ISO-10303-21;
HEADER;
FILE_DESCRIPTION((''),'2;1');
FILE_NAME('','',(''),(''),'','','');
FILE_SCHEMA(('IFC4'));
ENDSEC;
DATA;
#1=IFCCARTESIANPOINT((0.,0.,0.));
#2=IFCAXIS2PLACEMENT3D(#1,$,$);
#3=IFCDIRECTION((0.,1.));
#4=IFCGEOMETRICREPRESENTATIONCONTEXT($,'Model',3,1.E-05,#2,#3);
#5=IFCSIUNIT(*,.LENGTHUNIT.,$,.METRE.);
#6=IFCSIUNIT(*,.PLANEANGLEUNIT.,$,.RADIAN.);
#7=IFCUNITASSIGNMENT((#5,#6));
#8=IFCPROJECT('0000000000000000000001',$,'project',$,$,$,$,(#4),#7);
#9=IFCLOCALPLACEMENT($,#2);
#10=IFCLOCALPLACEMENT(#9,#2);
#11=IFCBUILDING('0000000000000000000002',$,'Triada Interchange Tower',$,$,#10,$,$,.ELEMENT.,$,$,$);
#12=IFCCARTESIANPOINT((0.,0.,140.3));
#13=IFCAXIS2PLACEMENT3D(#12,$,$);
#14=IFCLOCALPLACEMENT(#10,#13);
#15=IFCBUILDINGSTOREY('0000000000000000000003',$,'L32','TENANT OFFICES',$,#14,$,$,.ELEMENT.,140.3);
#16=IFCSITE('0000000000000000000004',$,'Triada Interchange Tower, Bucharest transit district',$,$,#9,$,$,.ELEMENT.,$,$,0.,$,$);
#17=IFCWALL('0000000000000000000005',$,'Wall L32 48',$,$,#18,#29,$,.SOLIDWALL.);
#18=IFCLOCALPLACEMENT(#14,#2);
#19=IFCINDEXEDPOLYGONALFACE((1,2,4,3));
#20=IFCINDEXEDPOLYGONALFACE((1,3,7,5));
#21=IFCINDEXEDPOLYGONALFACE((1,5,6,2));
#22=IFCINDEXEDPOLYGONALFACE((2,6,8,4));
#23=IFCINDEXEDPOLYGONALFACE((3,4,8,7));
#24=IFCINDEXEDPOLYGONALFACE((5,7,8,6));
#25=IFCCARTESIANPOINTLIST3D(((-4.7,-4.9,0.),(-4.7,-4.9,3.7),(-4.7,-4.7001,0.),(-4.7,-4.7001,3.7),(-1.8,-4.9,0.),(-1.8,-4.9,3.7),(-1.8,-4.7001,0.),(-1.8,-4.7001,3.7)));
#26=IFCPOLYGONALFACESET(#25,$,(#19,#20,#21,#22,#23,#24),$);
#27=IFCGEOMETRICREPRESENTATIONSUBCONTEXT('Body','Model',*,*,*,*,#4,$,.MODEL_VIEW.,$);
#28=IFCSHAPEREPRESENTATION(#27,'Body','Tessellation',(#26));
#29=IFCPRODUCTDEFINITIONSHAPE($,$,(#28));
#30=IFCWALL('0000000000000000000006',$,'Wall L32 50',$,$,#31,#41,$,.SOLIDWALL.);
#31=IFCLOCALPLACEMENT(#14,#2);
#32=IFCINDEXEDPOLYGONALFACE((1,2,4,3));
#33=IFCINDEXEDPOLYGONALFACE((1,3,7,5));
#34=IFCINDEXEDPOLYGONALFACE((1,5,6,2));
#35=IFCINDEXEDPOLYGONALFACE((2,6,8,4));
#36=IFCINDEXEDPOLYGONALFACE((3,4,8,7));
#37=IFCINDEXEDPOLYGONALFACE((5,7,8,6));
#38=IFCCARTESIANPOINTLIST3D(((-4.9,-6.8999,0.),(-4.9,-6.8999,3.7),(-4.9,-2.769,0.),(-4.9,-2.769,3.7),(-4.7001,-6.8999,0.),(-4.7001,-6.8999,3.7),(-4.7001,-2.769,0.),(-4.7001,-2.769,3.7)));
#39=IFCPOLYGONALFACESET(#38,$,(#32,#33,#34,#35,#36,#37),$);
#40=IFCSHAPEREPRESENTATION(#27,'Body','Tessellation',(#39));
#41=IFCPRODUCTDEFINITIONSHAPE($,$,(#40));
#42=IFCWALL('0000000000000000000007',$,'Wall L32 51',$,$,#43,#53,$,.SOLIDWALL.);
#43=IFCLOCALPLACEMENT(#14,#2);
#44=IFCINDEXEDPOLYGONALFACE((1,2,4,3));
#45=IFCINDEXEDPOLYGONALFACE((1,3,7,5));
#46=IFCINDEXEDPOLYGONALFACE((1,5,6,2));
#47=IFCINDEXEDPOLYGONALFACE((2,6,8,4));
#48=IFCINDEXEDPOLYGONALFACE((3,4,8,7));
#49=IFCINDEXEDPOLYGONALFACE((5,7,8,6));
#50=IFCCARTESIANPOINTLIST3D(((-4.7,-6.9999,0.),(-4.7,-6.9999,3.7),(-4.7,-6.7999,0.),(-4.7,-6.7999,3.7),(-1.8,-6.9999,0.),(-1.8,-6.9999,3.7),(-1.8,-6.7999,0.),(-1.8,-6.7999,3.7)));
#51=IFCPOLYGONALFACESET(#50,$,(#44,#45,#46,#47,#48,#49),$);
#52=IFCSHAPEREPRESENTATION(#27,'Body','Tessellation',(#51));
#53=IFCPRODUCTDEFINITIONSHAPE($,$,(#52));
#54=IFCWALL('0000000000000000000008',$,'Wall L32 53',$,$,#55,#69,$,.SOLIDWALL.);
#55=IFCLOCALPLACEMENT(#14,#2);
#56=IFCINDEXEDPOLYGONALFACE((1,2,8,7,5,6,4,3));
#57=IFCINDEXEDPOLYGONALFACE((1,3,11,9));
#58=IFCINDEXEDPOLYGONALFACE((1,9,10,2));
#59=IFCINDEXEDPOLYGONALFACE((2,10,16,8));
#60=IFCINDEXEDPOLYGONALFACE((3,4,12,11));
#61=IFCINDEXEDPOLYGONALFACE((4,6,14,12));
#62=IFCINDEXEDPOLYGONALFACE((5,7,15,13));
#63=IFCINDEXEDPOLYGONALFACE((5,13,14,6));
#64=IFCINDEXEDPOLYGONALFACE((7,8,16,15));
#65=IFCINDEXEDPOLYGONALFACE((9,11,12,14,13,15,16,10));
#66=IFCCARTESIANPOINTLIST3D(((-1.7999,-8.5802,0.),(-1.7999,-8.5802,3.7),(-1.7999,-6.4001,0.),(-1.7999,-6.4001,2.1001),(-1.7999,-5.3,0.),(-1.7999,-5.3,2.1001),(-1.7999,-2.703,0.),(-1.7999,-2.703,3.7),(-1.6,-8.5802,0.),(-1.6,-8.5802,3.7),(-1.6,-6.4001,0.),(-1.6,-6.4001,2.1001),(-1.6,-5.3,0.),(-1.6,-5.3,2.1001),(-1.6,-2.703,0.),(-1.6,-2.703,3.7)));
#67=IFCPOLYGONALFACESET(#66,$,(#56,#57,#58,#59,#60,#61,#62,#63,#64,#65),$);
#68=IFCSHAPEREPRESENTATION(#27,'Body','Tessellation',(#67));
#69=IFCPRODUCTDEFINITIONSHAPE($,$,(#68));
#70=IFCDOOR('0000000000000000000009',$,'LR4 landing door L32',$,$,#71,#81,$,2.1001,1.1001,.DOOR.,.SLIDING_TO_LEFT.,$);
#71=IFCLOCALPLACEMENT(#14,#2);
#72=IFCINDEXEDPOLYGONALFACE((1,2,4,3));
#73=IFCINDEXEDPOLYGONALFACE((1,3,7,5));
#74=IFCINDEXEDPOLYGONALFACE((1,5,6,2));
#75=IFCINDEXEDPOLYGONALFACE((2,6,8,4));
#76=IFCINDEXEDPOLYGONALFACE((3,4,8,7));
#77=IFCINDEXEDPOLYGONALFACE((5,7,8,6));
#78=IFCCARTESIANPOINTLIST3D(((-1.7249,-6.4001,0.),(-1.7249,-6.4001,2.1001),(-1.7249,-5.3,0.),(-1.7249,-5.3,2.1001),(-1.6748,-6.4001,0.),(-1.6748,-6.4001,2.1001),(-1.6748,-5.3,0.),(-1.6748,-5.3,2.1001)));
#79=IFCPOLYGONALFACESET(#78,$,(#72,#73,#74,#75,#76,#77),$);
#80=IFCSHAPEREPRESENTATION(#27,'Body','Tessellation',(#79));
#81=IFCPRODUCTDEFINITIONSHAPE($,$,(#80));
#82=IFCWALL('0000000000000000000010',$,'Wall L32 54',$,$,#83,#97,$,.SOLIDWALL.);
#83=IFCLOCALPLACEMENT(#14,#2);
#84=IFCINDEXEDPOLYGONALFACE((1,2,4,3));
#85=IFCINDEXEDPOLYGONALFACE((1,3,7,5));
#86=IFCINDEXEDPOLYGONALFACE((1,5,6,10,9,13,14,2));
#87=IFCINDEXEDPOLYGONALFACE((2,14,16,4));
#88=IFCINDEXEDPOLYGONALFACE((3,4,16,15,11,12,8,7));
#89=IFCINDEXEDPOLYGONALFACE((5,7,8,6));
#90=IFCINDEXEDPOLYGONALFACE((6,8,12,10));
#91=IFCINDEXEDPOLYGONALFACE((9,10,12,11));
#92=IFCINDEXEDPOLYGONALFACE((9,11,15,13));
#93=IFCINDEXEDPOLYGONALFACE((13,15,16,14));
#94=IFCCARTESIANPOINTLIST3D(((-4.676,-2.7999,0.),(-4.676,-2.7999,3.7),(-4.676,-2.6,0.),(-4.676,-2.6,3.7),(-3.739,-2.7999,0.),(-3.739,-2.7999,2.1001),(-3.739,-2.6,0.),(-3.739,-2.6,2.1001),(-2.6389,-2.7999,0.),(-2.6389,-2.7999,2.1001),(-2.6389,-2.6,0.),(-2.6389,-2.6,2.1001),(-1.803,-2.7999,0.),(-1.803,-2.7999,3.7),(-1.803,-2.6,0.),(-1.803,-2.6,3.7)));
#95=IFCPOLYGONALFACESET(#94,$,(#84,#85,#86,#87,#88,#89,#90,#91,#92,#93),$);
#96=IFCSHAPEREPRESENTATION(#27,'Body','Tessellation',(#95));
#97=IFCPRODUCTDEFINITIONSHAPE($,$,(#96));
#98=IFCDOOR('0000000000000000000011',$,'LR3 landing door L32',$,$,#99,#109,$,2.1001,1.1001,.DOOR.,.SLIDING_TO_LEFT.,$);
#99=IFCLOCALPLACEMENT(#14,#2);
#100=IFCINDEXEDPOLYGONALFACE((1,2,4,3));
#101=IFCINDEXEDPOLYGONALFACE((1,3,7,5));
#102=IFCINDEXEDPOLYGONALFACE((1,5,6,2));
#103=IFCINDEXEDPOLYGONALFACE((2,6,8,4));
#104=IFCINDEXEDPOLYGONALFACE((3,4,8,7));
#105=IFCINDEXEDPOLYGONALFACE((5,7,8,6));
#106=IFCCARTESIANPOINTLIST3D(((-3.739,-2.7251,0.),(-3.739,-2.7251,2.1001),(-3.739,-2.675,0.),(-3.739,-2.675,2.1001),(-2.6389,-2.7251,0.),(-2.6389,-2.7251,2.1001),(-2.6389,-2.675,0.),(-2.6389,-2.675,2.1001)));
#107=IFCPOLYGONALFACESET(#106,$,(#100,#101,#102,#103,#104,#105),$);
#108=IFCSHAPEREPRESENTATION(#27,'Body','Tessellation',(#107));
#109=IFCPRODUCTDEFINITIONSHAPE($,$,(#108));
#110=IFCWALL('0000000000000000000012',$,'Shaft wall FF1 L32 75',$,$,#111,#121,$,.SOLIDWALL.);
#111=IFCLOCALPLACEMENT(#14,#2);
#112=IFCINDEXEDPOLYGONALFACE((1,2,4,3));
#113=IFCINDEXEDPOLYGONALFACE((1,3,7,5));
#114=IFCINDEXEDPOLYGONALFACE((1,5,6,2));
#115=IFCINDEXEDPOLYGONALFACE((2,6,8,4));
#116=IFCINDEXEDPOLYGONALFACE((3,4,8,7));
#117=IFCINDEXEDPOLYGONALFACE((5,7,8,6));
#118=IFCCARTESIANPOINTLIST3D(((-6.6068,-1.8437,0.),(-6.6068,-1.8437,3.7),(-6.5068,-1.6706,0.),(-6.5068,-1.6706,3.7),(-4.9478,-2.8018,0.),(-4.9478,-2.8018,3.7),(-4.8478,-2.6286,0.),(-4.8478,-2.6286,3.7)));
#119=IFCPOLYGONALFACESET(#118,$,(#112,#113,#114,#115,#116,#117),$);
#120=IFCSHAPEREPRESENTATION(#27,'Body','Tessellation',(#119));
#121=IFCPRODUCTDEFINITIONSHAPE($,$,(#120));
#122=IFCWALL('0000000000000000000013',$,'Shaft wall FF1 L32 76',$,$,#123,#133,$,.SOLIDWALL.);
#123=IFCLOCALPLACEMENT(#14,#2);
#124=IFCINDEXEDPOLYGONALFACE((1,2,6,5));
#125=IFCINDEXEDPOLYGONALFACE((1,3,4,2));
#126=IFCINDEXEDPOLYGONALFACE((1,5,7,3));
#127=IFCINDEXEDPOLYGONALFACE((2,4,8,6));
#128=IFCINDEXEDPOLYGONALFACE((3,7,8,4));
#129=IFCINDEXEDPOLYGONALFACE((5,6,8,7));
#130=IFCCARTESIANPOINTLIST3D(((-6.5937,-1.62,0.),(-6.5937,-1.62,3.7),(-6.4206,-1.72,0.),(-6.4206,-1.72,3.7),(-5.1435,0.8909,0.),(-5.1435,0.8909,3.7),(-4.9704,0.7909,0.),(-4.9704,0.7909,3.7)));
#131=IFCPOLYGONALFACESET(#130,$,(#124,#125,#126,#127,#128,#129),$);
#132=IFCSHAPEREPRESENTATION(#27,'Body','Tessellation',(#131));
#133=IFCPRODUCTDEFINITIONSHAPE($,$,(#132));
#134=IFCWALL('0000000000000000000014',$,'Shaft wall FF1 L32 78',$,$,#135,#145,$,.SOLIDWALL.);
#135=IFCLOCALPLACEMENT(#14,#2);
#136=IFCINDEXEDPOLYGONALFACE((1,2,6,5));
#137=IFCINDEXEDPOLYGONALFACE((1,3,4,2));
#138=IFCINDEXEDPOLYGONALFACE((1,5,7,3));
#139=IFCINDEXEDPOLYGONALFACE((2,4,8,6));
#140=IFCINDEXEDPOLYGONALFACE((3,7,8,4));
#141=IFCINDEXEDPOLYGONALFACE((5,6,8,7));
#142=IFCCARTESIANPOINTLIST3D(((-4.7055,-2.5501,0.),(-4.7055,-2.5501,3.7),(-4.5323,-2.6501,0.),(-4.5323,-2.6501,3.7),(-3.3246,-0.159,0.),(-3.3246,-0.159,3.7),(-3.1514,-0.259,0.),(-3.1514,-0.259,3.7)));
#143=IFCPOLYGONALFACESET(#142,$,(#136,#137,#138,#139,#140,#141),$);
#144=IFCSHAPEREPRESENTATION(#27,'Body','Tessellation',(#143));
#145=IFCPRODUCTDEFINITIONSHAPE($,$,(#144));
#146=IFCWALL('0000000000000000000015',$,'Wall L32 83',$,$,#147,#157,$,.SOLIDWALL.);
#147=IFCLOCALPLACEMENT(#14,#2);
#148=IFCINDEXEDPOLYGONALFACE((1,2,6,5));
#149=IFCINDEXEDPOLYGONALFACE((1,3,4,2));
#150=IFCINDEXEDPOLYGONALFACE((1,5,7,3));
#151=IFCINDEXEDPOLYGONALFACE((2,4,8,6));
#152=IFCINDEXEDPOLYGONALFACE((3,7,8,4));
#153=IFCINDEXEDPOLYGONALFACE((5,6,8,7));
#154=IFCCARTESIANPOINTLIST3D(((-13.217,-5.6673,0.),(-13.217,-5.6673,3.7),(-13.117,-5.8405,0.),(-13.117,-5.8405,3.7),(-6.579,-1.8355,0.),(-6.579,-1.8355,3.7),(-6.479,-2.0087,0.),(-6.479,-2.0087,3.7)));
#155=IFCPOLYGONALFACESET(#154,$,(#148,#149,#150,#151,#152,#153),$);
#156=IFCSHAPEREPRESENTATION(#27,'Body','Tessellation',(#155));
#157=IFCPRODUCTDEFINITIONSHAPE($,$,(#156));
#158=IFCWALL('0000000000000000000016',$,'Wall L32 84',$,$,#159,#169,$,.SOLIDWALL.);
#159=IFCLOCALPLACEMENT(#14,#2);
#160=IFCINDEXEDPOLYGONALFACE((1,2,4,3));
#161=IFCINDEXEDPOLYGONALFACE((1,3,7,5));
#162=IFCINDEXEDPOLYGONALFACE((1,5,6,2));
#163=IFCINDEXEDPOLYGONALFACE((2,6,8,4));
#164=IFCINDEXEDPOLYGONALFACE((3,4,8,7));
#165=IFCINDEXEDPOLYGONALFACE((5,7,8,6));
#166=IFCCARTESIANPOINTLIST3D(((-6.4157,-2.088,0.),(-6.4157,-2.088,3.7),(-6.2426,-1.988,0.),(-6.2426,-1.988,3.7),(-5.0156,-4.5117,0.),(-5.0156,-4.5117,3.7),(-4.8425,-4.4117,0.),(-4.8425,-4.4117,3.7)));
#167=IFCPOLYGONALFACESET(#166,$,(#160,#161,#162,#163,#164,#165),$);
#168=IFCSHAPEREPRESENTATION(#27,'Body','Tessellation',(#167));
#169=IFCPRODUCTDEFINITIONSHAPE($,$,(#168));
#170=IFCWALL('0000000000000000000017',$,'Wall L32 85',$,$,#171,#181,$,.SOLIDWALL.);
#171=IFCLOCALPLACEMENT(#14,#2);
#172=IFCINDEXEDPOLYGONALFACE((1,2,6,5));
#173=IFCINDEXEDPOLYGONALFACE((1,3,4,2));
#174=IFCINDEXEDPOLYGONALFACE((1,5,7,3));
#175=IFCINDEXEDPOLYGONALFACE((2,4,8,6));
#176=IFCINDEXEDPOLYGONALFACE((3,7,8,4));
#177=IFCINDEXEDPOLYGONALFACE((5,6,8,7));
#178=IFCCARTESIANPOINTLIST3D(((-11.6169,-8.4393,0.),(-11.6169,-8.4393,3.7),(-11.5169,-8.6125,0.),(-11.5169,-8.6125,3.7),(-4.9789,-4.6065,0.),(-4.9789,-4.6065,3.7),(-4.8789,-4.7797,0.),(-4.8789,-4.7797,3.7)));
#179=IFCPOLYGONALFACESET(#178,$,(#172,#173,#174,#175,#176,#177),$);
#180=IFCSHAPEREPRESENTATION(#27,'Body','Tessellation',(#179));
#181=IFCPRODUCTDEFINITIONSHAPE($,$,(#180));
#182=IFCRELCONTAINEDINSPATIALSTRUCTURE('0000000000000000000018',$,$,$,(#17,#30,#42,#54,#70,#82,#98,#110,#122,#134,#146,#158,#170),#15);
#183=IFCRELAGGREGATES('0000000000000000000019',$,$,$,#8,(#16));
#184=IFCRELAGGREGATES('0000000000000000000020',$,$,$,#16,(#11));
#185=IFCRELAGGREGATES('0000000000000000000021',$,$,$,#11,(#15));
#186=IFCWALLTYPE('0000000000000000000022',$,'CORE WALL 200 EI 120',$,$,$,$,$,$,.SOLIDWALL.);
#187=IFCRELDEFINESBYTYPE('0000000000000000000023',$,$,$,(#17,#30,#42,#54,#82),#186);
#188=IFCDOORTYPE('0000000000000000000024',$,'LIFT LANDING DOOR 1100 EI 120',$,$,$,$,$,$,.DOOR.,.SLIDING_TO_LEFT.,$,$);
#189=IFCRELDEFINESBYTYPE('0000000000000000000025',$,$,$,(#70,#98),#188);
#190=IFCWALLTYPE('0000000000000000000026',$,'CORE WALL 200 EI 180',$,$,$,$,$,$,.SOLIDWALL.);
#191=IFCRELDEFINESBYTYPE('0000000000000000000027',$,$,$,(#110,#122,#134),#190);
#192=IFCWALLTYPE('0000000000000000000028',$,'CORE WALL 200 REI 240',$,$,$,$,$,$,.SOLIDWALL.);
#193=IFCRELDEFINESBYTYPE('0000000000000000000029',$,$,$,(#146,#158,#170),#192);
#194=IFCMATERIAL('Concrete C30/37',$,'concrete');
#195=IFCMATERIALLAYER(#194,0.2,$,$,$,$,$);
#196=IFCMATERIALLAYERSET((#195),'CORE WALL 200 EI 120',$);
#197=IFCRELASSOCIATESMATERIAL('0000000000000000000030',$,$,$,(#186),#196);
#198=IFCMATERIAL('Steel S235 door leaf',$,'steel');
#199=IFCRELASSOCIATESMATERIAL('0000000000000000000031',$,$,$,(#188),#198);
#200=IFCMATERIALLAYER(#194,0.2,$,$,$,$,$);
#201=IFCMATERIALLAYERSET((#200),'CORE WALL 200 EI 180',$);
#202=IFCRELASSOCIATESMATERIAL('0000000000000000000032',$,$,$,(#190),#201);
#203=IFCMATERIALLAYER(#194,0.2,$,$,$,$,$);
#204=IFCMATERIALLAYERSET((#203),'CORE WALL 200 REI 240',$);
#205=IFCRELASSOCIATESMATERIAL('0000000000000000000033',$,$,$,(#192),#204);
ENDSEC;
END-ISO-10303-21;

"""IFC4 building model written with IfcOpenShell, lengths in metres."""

from ifc_helpers import new_model, si_unit, direction, frame, frame_2d, origin, place, context, subcontext, project, spatial, rectangle, extrude, material, layer, layer_set, type_object, element, fill, save


model = new_model("IFC4")

# Units and contexts
model_context = context("Model", 3, precision=1e-05, world=origin(), true_north=direction((0.0, 1.0)))
body_context = subcontext(model_context, "Body", "Model", "MODEL_VIEW")
ifc_project = project(units=[si_unit("LENGTHUNIT", "METRE"), si_unit("PLANEANGLEUNIT", "RADIAN")], contexts=[model_context])

# Site, building, storey
site_placement = place(None, origin())
site = spatial("IfcSite", under=ifc_project, at=site_placement, Name="Triada Interchange Tower, Bucharest transit district", CompositionType="ELEMENT", RefElevation=0.0)
building_placement = place(site_placement, origin())
building = spatial("IfcBuilding", under=site, at=building_placement, Name="Triada Interchange Tower", CompositionType="ELEMENT")
storey_placement = place(building_placement, frame((0.0, 0.0, 140.3)))
storey = spatial("IfcBuildingStorey", under=building, at=storey_placement, Name="L32", Description="TENANT OFFICES", CompositionType="ELEMENT", Elevation=140.3)

# Walls
ifc_material_1 = material(Name="Concrete C30/37", Category="concrete")
ifc_layer_1 = layer(ifc_material_1, 0.2)
ifc_layer_set_1 = layer_set([ifc_layer_1], Name="CORE WALL 200 EI 120")
wall_type_1 = type_object("IfcWallType", Name="CORE WALL 200 EI 120", PredefinedType="SOLIDWALL", material=ifc_layer_set_1)
wall_1_placement = place(storey_placement, frame((-4.7, -4.8, 0.0), z_axis=(0.0, 0.0, 1.0), x_axis=(1.0, 0.0, 0.0)))
element("IfcWall", 1, at=wall_1_placement, inside=storey, type_object=wall_type_1, Name="Wall L32 48", PredefinedType="SOLIDWALL", context=body_context, shape_type="SweptSolid", body=[
    extrude(rectangle(XDim=2.8999, YDim=0.2, at=frame_2d((1.45, 0.0))), origin(), (0.0, 0.0, 1.0), 3.7),
])
wall_2_placement = place(storey_placement, frame((-4.8, -6.8999, 0.0), z_axis=(0.0, 0.0, 1.0), x_axis=(0.0, 1.0, 0.0)))
element("IfcWall", 2, at=wall_2_placement, inside=storey, type_object=wall_type_1, Name="Wall L32 50", PredefinedType="SOLIDWALL", context=body_context, shape_type="SweptSolid", body=[
    extrude(rectangle(XDim=4.1309, YDim=0.2, at=frame_2d((2.0654, 0.0))), origin(), (0.0, 0.0, 1.0), 3.7),
])
wall_3_placement = place(storey_placement, frame((-4.7, -6.8999, 0.0), z_axis=(0.0, 0.0, 1.0), x_axis=(1.0, 0.0, 0.0)))
element("IfcWall", 3, at=wall_3_placement, inside=storey, type_object=wall_type_1, Name="Wall L32 51", PredefinedType="SOLIDWALL", context=body_context, shape_type="SweptSolid", body=[
    extrude(rectangle(XDim=2.8999, YDim=0.2, at=frame_2d((1.45, 0.0))), origin(), (0.0, 0.0, 1.0), 3.7),
])

# Walls, openings, doors
wall_4_placement = place(storey_placement, frame((-1.7, -8.5801, 0.0), z_axis=(0.0, 0.0, 1.0), x_axis=(0.0, 1.0, 0.0)))
wall_4 = element("IfcWall", 4, at=wall_4_placement, inside=storey, type_object=wall_type_1, Name="Wall L32 53", PredefinedType="SOLIDWALL", context=body_context, shape_type="SweptSolid", body=[
    extrude(rectangle(XDim=5.8772, YDim=0.2, at=frame_2d((2.9385, 0.0))), origin(), (0.0, 0.0, 1.0), 3.7),
])
opening_1_placement = place(wall_4_placement, frame((2.1799, 0.0, 0.0)))
opening_1 = element("IfcOpeningElement", 5, at=opening_1_placement, cuts=wall_4, PredefinedType="OPENING", context=body_context, shape_type="SweptSolid", body=[
    extrude(rectangle(XDim=1.1001, YDim=2.1001, at=frame_2d((0.55, 1.05))), frame((0.0, 0.1099, 0.0), z_axis=(0.0, -1.0, 0.0), x_axis=(1.0, 0.0, 0.0)), (0.0, 0.0, 1.0), 0.22),
])
ifc_material_2 = material(Name="Steel S235 door leaf", Category="steel")
door_type_1 = type_object("IfcDoorType", Name="LIFT LANDING DOOR 1100 EI 120", OperationType="SLIDING_TO_LEFT", PredefinedType="DOOR", material=ifc_material_2)
door_1_placement = place(opening_1_placement, origin())
door_1 = element("IfcDoor", 6, at=door_1_placement, inside=storey, type_object=door_type_1, Name="LR4 landing door L32", OperationType="SLIDING_TO_LEFT", OverallHeight=2.1001, OverallWidth=1.1001, PredefinedType="DOOR", context=body_context, shape_type="SweptSolid", body=[
    extrude(rectangle(XDim=1.1001, YDim=2.1001, at=frame_2d((0.55, 1.05))), frame((0.0, 0.0249, 0.0), z_axis=(0.0, -1.0, 0.0), x_axis=(1.0, 0.0, 0.0)), (0.0, 0.0, 1.0), 0.05),
])
fill(opening_1, door_1)
wall_5_placement = place(storey_placement, frame((-4.676, -2.7, 0.0), z_axis=(0.0, 0.0, 1.0), x_axis=(1.0, 0.0, 0.0)))
wall_5 = element("IfcWall", 7, at=wall_5_placement, inside=storey, type_object=wall_type_1, Name="Wall L32 54", PredefinedType="SOLIDWALL", context=body_context, shape_type="SweptSolid", body=[
    extrude(rectangle(XDim=2.873, YDim=0.2, at=frame_2d((1.4365, 0.0))), origin(), (0.0, 0.0, 1.0), 3.7),
])
opening_2_placement = place(wall_5_placement, frame((0.937, 0.0, 0.0)))
opening_2 = element("IfcOpeningElement", 8, at=opening_2_placement, cuts=wall_5, PredefinedType="OPENING", context=body_context, shape_type="SweptSolid", body=[
    extrude(rectangle(XDim=1.1001, YDim=2.1001, at=frame_2d((0.55, 1.05))), frame((0.0, 0.1099, 0.0), z_axis=(0.0, -1.0, 0.0), x_axis=(1.0, 0.0, 0.0)), (0.0, 0.0, 1.0), 0.22),
])
door_2_placement = place(opening_2_placement, origin())
door_2 = element("IfcDoor", 9, at=door_2_placement, inside=storey, type_object=door_type_1, Name="LR3 landing door L32", OperationType="SLIDING_TO_LEFT", OverallHeight=2.1001, OverallWidth=1.1001, PredefinedType="DOOR", context=body_context, shape_type="SweptSolid", body=[
    extrude(rectangle(XDim=1.1001, YDim=2.1001, at=frame_2d((0.55, 1.05))), frame((0.0, 0.0249, 0.0), z_axis=(0.0, -1.0, 0.0), x_axis=(1.0, 0.0, 0.0)), (0.0, 0.0, 1.0), 0.05),
])
fill(opening_2, door_2)

# Walls
ifc_layer_2 = layer(ifc_material_1, 0.2)
ifc_layer_set_2 = layer_set([ifc_layer_2], Name="CORE WALL 200 EI 180")
wall_type_2 = type_object("IfcWallType", Name="CORE WALL 200 EI 180", PredefinedType="SOLIDWALL", material=ifc_layer_set_2)
wall_6_placement = place(storey_placement, frame((-6.5569, -1.7571, 0.0), z_axis=(0.0, 0.0, 1.0), x_axis=(0.865975, -0.500086, 0.0)))
element("IfcWall", 10, at=wall_6_placement, inside=storey, type_object=wall_type_2, Name="Shaft wall FF1 L32 75", PredefinedType="SOLIDWALL", context=body_context, shape_type="SweptSolid", body=[
    extrude(rectangle(XDim=1.9158, YDim=0.2, at=frame_2d((0.958, 0.0))), origin(), (0.0, 0.0, 1.0), 3.7),
])
wall_7_placement = place(storey_placement, frame((-6.5071, -1.6699, 0.0), z_axis=(0.0, 0.0, 1.0), x_axis=(0.500123, 0.865954, 0.0)))
element("IfcWall", 11, at=wall_7_placement, inside=storey, type_object=wall_type_2, Name="Shaft wall FF1 L32 76", PredefinedType="SOLIDWALL", context=body_context, shape_type="SweptSolid", body=[
    extrude(rectangle(XDim=2.8997, YDim=0.2, at=frame_2d((1.4497, 0.0))), origin(), (0.0, 0.0, 1.0), 3.7),
])
wall_8_placement = place(storey_placement, frame((-4.6189, -2.6001, 0.0), z_axis=(0.0, 0.0, 1.0), x_axis=(0.500095, 0.865971, 0.0)))
element("IfcWall", 12, at=wall_8_placement, inside=storey, type_object=wall_type_2, Name="Shaft wall FF1 L32 78", PredefinedType="SOLIDWALL", context=body_context, shape_type="SweptSolid", body=[
    extrude(rectangle(XDim=2.7612, YDim=0.2, at=frame_2d((1.3806, 0.0))), origin(), (0.0, 0.0, 1.0), 3.7),
])
ifc_layer_3 = layer(ifc_material_1, 0.2)
ifc_layer_set_3 = layer_set([ifc_layer_3], Name="CORE WALL 200 REI 240")
wall_type_3 = type_object("IfcWallType", Name="CORE WALL 200 REI 240", PredefinedType="SOLIDWALL", material=ifc_layer_set_3)
wall_9_placement = place(storey_placement, frame((-13.167, -5.7539, 0.0), z_axis=(0.0, 0.0, 1.0), x_axis=(0.866061, 0.499938, 0.0)))
element("IfcWall", 13, at=wall_9_placement, inside=storey, type_object=wall_type_3, Name="Wall L32 83", PredefinedType="SOLIDWALL", context=body_context, shape_type="SweptSolid", body=[
    extrude(rectangle(XDim=7.6646, YDim=0.2, at=frame_2d((3.8323, 0.0))), origin(), (0.0, 0.0, 1.0), 3.7),
])
wall_10_placement = place(storey_placement, frame((-6.3291, -2.0381, 0.0), z_axis=(0.0, 0.0, 1.0), x_axis=(0.500201, -0.86591, 0.0)))
element("IfcWall", 14, at=wall_10_placement, inside=storey, type_object=wall_type_3, Name="Wall L32 84", PredefinedType="SOLIDWALL", context=body_context, shape_type="SweptSolid", body=[
    extrude(rectangle(XDim=2.7991, YDim=0.2, at=frame_2d((1.3994, 0.0))), origin(), (0.0, 0.0, 1.0), 3.7),
])
wall_11_placement = place(storey_placement, frame((-11.5669, -8.5259, 0.0), z_axis=(0.0, 0.0, 1.0), x_axis=(0.866006, 0.500034, 0.0)))
element("IfcWall", 15, at=wall_11_placement, inside=storey, type_object=wall_type_3, Name="Wall L32 85", PredefinedType="SOLIDWALL", context=body_context, shape_type="SweptSolid", body=[
    extrude(rectangle(XDim=7.665, YDim=0.2, at=frame_2d((3.8325, 0.0))), origin(), (0.0, 0.0, 1.0), 3.7),
])

save(model, "model.ifc")
